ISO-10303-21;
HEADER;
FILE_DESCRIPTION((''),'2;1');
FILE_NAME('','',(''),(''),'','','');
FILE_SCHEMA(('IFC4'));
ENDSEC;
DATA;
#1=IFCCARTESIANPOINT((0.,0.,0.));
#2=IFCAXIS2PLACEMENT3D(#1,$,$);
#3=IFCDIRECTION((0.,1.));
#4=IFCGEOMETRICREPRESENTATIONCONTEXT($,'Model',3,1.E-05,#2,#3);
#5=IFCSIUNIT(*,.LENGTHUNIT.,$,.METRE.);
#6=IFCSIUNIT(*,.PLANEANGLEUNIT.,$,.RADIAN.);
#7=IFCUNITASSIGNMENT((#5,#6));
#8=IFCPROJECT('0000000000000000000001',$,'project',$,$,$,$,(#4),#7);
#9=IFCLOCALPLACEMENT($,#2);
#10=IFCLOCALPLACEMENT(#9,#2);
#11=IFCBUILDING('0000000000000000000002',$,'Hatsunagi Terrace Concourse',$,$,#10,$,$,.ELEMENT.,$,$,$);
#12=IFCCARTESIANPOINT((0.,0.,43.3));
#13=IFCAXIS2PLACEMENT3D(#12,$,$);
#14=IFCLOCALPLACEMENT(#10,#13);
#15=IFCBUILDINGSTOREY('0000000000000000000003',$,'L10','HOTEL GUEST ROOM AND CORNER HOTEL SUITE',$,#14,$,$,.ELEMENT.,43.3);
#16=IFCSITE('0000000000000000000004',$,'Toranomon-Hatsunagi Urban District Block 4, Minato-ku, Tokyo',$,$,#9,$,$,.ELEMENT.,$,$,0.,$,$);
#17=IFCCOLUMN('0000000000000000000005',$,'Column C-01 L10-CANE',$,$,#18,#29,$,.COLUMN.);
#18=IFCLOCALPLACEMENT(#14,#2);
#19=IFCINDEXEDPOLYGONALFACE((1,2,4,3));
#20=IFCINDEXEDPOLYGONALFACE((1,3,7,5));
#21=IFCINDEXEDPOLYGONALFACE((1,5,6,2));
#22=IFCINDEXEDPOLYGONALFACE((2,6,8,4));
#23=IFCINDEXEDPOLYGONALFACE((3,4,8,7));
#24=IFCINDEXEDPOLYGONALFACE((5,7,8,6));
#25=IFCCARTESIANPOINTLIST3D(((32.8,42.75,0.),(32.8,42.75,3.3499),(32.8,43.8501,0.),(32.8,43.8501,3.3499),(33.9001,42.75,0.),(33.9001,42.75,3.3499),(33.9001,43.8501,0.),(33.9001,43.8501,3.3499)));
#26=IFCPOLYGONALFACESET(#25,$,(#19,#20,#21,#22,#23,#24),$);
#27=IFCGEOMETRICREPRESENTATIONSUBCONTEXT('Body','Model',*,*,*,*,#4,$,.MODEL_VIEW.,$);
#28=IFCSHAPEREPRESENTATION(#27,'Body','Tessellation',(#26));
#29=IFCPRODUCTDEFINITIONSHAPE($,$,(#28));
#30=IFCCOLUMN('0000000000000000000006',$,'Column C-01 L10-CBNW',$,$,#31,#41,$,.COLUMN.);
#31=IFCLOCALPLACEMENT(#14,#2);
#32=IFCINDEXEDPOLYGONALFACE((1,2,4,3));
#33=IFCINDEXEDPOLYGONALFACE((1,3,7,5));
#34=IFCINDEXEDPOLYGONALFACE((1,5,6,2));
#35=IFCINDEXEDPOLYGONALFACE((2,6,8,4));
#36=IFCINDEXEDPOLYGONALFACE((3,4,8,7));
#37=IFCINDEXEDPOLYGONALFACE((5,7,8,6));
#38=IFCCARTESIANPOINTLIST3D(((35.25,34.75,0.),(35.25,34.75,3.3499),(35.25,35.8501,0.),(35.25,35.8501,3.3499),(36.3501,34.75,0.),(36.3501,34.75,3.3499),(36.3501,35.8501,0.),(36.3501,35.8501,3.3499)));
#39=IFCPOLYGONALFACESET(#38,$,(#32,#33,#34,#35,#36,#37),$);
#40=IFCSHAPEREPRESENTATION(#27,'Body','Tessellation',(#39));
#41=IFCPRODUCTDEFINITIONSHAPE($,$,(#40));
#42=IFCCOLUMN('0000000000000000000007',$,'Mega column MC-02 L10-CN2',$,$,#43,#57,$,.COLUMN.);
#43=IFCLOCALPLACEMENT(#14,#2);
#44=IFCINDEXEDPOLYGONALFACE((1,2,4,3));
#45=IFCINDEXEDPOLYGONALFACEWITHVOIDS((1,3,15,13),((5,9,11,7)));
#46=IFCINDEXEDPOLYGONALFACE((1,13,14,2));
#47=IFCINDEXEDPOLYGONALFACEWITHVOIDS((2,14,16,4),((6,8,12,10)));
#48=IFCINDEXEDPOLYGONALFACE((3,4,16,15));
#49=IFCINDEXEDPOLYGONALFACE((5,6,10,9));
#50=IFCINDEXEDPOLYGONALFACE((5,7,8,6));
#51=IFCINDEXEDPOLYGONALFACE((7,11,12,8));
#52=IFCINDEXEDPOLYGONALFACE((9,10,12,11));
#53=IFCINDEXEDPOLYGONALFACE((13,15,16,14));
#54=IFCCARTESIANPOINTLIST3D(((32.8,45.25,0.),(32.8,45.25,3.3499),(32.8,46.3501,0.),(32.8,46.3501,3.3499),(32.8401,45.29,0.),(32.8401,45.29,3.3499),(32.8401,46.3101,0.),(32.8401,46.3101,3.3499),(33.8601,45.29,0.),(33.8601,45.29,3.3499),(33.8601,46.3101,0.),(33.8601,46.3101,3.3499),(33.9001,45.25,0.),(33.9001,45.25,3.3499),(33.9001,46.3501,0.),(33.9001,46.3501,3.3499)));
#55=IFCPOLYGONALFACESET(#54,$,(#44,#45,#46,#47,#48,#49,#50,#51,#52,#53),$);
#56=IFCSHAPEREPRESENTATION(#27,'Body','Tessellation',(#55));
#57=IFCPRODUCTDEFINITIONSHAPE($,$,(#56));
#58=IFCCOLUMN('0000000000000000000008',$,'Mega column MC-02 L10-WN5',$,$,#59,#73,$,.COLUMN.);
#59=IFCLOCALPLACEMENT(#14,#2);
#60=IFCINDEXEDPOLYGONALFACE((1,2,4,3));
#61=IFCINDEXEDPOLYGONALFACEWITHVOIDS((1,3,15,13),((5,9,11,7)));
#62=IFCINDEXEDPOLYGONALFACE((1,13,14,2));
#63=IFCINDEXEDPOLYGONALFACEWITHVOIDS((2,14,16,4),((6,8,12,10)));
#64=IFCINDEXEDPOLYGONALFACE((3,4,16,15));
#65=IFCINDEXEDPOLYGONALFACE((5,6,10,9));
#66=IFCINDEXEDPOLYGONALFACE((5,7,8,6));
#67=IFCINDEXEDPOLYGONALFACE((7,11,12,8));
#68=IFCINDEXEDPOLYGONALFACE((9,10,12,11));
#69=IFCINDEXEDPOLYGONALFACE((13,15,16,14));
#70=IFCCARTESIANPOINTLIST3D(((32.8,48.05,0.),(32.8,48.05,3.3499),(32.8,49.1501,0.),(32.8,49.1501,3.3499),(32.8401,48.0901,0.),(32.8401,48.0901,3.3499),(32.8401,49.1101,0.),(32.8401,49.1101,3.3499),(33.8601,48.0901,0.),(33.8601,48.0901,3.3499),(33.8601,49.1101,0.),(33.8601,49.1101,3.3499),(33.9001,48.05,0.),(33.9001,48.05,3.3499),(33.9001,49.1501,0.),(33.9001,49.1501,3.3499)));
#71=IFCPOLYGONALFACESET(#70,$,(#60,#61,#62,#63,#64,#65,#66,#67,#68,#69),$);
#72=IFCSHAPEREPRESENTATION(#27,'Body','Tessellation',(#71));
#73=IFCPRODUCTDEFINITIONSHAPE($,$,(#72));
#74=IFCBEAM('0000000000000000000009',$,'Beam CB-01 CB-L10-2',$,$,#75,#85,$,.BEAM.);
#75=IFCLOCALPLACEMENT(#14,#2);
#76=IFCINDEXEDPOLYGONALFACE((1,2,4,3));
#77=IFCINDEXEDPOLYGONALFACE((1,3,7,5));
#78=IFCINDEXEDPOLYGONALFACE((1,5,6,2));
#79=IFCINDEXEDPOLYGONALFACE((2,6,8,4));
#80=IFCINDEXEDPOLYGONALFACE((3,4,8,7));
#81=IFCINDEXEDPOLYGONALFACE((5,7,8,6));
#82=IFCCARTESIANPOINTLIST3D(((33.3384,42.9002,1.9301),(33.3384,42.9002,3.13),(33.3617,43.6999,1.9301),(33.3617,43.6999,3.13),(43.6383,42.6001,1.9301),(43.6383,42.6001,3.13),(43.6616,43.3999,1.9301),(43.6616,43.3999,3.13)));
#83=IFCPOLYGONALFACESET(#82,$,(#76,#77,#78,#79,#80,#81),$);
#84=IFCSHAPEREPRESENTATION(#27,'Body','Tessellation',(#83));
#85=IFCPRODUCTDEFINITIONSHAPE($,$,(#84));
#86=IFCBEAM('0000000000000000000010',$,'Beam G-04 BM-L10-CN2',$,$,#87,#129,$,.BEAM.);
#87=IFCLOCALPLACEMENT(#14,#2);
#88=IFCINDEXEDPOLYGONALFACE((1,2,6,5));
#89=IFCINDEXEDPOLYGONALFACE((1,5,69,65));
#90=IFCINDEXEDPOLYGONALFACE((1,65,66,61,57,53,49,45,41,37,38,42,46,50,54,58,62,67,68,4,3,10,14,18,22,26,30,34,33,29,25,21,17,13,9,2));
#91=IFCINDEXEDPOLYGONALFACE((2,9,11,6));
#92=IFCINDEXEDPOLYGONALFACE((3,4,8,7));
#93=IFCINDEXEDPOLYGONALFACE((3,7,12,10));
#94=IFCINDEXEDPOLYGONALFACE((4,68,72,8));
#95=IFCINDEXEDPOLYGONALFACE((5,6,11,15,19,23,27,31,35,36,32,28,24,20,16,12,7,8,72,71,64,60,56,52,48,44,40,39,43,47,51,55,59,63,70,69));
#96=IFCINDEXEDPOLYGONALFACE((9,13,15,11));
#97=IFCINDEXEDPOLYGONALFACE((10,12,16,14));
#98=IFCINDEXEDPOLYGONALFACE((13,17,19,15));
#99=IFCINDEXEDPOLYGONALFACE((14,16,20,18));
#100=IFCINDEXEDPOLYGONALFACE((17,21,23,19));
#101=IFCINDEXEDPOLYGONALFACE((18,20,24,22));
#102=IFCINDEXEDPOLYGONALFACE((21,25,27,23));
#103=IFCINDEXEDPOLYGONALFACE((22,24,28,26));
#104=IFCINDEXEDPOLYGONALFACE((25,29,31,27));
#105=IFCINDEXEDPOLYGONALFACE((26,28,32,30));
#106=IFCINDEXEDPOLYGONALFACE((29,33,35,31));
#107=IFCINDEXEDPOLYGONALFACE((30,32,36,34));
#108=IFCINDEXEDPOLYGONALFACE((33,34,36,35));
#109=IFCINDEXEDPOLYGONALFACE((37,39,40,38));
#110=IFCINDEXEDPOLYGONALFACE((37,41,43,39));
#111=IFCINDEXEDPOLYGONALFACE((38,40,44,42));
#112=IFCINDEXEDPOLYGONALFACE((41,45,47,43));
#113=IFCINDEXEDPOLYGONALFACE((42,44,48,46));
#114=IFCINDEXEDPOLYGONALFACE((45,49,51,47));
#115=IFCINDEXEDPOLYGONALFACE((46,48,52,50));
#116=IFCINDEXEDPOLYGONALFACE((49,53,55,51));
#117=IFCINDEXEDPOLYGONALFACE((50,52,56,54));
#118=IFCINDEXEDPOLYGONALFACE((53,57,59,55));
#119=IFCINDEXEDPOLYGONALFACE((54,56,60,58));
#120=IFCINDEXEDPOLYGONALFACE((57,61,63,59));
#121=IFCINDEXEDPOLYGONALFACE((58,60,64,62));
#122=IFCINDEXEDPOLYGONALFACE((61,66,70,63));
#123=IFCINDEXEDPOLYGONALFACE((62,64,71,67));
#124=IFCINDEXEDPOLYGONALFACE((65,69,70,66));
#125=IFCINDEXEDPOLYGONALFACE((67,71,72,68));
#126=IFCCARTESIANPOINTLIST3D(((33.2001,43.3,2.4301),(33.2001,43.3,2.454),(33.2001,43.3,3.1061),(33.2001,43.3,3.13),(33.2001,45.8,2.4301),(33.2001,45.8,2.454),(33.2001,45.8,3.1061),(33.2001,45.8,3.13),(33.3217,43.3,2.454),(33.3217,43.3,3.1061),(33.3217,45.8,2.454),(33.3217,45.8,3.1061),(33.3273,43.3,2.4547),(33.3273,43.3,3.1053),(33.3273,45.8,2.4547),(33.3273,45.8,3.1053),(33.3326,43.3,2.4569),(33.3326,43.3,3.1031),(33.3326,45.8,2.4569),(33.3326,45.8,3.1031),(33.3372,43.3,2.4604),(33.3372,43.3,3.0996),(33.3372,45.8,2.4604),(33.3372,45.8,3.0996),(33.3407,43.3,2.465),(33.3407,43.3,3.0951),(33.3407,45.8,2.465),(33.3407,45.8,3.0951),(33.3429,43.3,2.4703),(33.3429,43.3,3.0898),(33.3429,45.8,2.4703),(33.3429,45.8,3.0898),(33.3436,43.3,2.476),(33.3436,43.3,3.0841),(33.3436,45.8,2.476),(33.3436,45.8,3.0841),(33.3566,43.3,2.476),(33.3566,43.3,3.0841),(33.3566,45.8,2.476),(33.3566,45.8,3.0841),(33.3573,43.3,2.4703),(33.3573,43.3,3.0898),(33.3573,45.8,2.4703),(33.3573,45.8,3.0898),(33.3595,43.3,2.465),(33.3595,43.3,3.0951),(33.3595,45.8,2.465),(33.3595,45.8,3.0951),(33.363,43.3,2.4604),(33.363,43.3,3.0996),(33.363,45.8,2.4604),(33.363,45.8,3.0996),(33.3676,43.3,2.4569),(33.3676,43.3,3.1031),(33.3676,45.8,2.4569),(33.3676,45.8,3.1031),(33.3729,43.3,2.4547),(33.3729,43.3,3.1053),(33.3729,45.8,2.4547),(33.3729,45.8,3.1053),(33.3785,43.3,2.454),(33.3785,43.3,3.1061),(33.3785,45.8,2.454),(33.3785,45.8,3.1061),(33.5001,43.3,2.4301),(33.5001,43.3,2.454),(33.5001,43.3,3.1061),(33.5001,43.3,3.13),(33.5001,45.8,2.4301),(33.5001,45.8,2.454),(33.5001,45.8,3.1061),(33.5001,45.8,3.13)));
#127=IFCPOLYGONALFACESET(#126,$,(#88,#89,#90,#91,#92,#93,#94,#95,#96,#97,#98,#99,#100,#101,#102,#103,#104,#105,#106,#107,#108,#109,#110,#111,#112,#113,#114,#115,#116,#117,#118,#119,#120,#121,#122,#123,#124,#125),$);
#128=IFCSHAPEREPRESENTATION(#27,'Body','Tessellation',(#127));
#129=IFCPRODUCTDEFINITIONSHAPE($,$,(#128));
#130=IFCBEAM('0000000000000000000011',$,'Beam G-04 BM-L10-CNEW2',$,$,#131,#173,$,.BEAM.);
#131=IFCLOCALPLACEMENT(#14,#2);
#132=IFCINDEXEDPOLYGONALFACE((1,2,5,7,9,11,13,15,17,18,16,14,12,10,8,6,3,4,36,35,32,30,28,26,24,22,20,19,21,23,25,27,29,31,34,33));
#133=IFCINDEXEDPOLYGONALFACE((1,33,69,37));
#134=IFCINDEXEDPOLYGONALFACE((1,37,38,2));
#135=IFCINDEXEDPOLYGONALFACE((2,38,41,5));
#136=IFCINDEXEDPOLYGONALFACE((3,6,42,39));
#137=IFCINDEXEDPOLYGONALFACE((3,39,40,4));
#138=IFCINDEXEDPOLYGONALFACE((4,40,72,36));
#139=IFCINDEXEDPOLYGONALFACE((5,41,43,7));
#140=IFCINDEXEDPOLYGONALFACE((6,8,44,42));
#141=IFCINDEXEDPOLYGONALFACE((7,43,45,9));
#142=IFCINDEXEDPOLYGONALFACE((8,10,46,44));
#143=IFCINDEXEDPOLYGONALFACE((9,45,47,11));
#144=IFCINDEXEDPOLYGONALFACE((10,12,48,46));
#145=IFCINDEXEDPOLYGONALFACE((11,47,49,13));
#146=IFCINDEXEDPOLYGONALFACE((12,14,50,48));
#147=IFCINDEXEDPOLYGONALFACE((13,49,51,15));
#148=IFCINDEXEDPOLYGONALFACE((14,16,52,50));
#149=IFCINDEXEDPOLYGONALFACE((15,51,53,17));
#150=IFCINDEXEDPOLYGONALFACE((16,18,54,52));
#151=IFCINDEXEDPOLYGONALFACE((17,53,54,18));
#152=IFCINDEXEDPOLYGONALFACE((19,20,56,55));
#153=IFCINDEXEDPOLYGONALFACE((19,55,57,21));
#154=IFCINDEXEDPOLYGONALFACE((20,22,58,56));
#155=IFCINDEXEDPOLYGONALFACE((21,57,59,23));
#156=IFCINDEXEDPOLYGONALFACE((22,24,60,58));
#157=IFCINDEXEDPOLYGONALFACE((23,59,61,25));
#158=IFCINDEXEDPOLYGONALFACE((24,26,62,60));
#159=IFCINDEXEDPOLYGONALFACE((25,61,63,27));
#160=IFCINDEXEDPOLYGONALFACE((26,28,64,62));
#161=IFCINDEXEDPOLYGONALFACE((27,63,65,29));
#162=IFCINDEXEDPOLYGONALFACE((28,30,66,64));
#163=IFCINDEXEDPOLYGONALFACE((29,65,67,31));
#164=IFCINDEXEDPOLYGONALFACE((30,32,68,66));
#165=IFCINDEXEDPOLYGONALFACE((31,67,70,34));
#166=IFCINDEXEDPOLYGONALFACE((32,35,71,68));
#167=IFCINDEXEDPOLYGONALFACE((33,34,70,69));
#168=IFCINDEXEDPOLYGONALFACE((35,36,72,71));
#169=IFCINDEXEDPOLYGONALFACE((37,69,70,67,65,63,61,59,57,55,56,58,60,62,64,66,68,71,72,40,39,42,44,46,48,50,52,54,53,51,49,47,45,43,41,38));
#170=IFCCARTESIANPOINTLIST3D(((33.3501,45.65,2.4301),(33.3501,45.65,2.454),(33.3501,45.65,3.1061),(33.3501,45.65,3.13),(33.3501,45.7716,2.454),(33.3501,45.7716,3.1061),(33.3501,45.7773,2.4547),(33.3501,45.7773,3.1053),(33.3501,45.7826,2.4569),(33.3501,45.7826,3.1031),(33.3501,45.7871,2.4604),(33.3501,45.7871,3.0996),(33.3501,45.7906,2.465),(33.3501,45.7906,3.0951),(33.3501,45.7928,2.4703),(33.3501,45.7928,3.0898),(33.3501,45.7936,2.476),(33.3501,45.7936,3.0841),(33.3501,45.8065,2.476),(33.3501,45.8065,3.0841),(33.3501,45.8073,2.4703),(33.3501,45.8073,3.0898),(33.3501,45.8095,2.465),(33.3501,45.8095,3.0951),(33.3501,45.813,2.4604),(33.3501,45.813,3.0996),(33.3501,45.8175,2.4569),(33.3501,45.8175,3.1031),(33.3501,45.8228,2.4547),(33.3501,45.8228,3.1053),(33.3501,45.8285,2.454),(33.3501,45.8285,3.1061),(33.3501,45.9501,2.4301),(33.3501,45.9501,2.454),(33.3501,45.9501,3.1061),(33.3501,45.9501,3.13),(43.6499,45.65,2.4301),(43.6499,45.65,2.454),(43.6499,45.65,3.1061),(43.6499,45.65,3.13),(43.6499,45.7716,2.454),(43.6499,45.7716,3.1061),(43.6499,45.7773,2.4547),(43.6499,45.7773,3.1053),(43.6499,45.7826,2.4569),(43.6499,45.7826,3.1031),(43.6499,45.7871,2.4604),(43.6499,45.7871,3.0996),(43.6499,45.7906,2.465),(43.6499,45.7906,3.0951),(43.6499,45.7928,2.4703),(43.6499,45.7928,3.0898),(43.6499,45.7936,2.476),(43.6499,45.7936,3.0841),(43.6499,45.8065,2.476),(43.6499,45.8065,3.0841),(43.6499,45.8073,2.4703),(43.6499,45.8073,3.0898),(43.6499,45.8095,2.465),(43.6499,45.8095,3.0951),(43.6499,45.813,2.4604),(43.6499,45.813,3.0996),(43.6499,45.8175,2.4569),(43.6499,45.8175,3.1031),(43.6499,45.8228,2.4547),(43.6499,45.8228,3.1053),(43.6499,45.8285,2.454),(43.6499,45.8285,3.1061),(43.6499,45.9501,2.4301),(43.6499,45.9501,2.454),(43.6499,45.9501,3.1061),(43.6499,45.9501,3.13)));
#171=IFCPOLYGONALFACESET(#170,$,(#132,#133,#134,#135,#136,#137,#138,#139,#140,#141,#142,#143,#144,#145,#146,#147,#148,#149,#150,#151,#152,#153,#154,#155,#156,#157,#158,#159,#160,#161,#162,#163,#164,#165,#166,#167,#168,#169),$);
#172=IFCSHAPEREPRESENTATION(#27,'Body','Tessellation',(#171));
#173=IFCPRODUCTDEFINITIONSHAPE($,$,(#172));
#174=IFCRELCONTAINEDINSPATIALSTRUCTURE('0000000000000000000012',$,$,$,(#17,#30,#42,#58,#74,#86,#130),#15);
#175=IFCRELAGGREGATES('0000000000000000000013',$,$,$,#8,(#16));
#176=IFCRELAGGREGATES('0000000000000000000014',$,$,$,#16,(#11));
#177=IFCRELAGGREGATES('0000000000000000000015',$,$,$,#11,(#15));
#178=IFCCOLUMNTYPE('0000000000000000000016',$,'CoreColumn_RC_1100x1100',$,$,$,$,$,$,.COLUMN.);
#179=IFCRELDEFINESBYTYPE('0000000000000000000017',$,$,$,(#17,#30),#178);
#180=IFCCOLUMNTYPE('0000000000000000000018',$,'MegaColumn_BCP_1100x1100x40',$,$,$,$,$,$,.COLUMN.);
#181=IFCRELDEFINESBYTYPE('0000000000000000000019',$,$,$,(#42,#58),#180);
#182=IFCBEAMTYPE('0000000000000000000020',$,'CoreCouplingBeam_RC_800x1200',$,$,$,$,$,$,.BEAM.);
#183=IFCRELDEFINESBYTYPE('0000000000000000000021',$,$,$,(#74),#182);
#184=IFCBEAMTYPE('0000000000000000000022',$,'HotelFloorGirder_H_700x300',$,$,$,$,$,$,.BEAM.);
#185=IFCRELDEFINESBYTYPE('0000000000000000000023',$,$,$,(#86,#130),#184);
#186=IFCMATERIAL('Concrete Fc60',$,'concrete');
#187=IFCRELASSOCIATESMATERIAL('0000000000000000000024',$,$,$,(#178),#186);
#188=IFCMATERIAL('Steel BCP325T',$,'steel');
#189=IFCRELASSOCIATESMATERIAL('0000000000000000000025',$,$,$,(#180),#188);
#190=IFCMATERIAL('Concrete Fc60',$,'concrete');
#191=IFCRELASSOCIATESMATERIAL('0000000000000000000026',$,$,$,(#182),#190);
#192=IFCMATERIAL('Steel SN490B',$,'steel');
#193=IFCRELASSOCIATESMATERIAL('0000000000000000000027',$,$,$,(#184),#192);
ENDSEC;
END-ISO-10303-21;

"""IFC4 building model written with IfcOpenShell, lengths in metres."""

from ifc_helpers import new_model, si_unit, direction, frame, origin, origin_2d, place, context, subcontext, project, spatial, rectangle, hollow_rectangle, i_section, extrude, material, material_profile, profile_set, type_object, element, save


model = new_model("IFC4")

# Units and contexts
model_context = context("Model", 3, precision=1e-05, world=origin(), true_north=direction((0.0, 1.0)))
body_context = subcontext(model_context, "Body", "Model", "MODEL_VIEW")
ifc_project = project(units=[si_unit("LENGTHUNIT", "METRE"), si_unit("PLANEANGLEUNIT", "RADIAN")], contexts=[model_context])

# Site, building, storey
site_placement = place(None, origin())
site = spatial("IfcSite", under=ifc_project, at=site_placement, Name="Toranomon-Hatsunagi Urban District Block 4, Minato-ku, Tokyo", CompositionType="ELEMENT", RefElevation=0.0)
building_placement = place(site_placement, origin())
building = spatial("IfcBuilding", under=site, at=building_placement, Name="Hatsunagi Terrace Concourse", CompositionType="ELEMENT")
storey_placement = place(building_placement, frame((0.0, 0.0, 43.3)))
storey = spatial("IfcBuildingStorey", under=building, at=storey_placement, Name="L10", Description="HOTEL GUEST ROOM AND CORNER HOTEL SUITE", CompositionType="ELEMENT", Elevation=43.3)

# Columns
ifc_material_1 = material(Name="Concrete Fc60", Category="concrete")
ifc_material_profile_1 = material_profile(ifc_material_1, rectangle(XDim=1.1001, YDim=1.1001, at=origin_2d()), Name="RC-1100x1100")
ifc_profile_set_1 = profile_set([ifc_material_profile_1], Name="Concrete Fc60")
column_type_1 = type_object("IfcColumnType", Name="CoreColumn_RC_1100x1100", PredefinedType="COLUMN", material=ifc_profile_set_1)
for number, where, z_axis, x_axis, name in (
    (1, (33.3501, 43.3, 0.0), (0.0, 0.0, 1.0), (1.0, 0.0, 0.0), "Column C-01 L10-CANE"),
    (2, (35.8, 35.3, 0.0), (0.0, 0.0, 1.0), (1.0, 0.0, 0.0), "Column C-01 L10-CBNW"),
):
    element("IfcColumn", number, at=place(storey_placement, frame(where, z_axis=z_axis, x_axis=x_axis)), inside=storey, type_object=column_type_1, Name=name, PredefinedType="COLUMN", context=body_context, shape_type="SweptSolid", body=[
        extrude(rectangle(XDim=1.1001, YDim=1.1001, at=origin_2d()), origin(), (0.0, 0.0, 1.0), 3.3499),
    ])
ifc_material_2 = material(Name="Steel BCP325T", Category="steel")
ifc_material_profile_2 = material_profile(ifc_material_2, hollow_rectangle(XDim=1.1001, YDim=1.1001, WallThickness=0.04, at=origin_2d()), Name="BCP-1100x1100x40")
ifc_profile_set_2 = profile_set([ifc_material_profile_2], Name="Steel BCP325T")
column_type_2 = type_object("IfcColumnType", Name="MegaColumn_BCP_1100x1100x40", PredefinedType="COLUMN", material=ifc_profile_set_2)
for number, where, z_axis, x_axis, name in (
    (3, (33.3501, 45.8, 0.0), (0.0, 0.0, 1.0), (1.0, 0.0, 0.0), "Mega column MC-02 L10-CN2"),
    (4, (33.3501, 48.6001, 0.0), (0.0, 0.0, 1.0), (1.0, 0.0, 0.0), "Mega column MC-02 L10-WN5"),
):
    element("IfcColumn", number, at=place(storey_placement, frame(where, z_axis=z_axis, x_axis=x_axis)), inside=storey, type_object=column_type_2, Name=name, PredefinedType="COLUMN", context=body_context, shape_type="SweptSolid", body=[
        extrude(hollow_rectangle(XDim=1.1001, YDim=1.1001, WallThickness=0.04, at=origin_2d()), origin(), (0.0, 0.0, 1.0), 3.3499),
    ])

# Beams
ifc_material_3 = material(Name="Concrete Fc60", Category="concrete")
ifc_material_profile_3 = material_profile(ifc_material_3, rectangle(XDim=0.8, YDim=1.2, at=origin_2d()), Name="RC-800x1200")
ifc_profile_set_3 = profile_set([ifc_material_profile_3], Name="Concrete Fc60")
beam_type_1 = type_object("IfcBeamType", Name="CoreCouplingBeam_RC_800x1200", PredefinedType="BEAM", material=ifc_profile_set_3)
beam_1_placement = place(storey_placement, frame((33.3501, 43.3, 2.53), z_axis=(0.999576, -0.029119, 0.0), x_axis=(0.029119, 0.999576, 0.0)))
element("IfcBeam", 5, at=beam_1_placement, inside=storey, type_object=beam_type_1, Name="Beam CB-01 CB-L10-2", PredefinedType="BEAM", context=body_context, shape_type="SweptSolid", body=[
    extrude(rectangle(XDim=0.8, YDim=1.2, at=origin_2d()), origin(), (0.0, 0.0, 1.0), 10.3042),
])
ifc_material_4 = material(Name="Steel SN490B", Category="steel")
ifc_material_profile_4 = material_profile(ifc_material_4, i_section(OverallWidth=0.3, OverallDepth=0.7, WebThickness=0.0129, FlangeThickness=0.0239, FilletRadius=0.022, at=origin_2d()), Name="H-700x300x13x24")
ifc_profile_set_4 = profile_set([ifc_material_profile_4], Name="Steel SN490B")
beam_type_2 = type_object("IfcBeamType", Name="HotelFloorGirder_H_700x300", PredefinedType="BEAM", material=ifc_profile_set_4)
beam_2_placement = place(storey_placement, frame((33.3501, 43.3, 2.78), z_axis=(0.0, 1.0, 0.0), x_axis=(-1.0, 0.0, 0.0)))
element("IfcBeam", 6, at=beam_2_placement, inside=storey, type_object=beam_type_2, Name="Beam G-04 BM-L10-CN2", PredefinedType="BEAM", context=body_context, shape_type="SweptSolid", body=[
    extrude(i_section(OverallWidth=0.3, OverallDepth=0.7, WebThickness=0.0129, FlangeThickness=0.0239, FilletRadius=0.022, at=origin_2d()), origin(), (0.0, 0.0, 1.0), 2.5),
])
beam_3_placement = place(storey_placement, frame((33.3501, 45.8, 2.78), z_axis=(1.0, 0.0, 0.0), x_axis=(0.0, 1.0, 0.0)))
element("IfcBeam", 7, at=beam_3_placement, inside=storey, type_object=beam_type_2, Name="Beam G-04 BM-L10-CNEW2", PredefinedType="BEAM", context=body_context, shape_type="SweptSolid", body=[
    extrude(i_section(OverallWidth=0.3, OverallDepth=0.7, WebThickness=0.0129, FlangeThickness=0.0239, FilletRadius=0.022, at=origin_2d()), origin(), (0.0, 0.0, 1.0), 10.2998),
])

save(model, "model.ifc")
